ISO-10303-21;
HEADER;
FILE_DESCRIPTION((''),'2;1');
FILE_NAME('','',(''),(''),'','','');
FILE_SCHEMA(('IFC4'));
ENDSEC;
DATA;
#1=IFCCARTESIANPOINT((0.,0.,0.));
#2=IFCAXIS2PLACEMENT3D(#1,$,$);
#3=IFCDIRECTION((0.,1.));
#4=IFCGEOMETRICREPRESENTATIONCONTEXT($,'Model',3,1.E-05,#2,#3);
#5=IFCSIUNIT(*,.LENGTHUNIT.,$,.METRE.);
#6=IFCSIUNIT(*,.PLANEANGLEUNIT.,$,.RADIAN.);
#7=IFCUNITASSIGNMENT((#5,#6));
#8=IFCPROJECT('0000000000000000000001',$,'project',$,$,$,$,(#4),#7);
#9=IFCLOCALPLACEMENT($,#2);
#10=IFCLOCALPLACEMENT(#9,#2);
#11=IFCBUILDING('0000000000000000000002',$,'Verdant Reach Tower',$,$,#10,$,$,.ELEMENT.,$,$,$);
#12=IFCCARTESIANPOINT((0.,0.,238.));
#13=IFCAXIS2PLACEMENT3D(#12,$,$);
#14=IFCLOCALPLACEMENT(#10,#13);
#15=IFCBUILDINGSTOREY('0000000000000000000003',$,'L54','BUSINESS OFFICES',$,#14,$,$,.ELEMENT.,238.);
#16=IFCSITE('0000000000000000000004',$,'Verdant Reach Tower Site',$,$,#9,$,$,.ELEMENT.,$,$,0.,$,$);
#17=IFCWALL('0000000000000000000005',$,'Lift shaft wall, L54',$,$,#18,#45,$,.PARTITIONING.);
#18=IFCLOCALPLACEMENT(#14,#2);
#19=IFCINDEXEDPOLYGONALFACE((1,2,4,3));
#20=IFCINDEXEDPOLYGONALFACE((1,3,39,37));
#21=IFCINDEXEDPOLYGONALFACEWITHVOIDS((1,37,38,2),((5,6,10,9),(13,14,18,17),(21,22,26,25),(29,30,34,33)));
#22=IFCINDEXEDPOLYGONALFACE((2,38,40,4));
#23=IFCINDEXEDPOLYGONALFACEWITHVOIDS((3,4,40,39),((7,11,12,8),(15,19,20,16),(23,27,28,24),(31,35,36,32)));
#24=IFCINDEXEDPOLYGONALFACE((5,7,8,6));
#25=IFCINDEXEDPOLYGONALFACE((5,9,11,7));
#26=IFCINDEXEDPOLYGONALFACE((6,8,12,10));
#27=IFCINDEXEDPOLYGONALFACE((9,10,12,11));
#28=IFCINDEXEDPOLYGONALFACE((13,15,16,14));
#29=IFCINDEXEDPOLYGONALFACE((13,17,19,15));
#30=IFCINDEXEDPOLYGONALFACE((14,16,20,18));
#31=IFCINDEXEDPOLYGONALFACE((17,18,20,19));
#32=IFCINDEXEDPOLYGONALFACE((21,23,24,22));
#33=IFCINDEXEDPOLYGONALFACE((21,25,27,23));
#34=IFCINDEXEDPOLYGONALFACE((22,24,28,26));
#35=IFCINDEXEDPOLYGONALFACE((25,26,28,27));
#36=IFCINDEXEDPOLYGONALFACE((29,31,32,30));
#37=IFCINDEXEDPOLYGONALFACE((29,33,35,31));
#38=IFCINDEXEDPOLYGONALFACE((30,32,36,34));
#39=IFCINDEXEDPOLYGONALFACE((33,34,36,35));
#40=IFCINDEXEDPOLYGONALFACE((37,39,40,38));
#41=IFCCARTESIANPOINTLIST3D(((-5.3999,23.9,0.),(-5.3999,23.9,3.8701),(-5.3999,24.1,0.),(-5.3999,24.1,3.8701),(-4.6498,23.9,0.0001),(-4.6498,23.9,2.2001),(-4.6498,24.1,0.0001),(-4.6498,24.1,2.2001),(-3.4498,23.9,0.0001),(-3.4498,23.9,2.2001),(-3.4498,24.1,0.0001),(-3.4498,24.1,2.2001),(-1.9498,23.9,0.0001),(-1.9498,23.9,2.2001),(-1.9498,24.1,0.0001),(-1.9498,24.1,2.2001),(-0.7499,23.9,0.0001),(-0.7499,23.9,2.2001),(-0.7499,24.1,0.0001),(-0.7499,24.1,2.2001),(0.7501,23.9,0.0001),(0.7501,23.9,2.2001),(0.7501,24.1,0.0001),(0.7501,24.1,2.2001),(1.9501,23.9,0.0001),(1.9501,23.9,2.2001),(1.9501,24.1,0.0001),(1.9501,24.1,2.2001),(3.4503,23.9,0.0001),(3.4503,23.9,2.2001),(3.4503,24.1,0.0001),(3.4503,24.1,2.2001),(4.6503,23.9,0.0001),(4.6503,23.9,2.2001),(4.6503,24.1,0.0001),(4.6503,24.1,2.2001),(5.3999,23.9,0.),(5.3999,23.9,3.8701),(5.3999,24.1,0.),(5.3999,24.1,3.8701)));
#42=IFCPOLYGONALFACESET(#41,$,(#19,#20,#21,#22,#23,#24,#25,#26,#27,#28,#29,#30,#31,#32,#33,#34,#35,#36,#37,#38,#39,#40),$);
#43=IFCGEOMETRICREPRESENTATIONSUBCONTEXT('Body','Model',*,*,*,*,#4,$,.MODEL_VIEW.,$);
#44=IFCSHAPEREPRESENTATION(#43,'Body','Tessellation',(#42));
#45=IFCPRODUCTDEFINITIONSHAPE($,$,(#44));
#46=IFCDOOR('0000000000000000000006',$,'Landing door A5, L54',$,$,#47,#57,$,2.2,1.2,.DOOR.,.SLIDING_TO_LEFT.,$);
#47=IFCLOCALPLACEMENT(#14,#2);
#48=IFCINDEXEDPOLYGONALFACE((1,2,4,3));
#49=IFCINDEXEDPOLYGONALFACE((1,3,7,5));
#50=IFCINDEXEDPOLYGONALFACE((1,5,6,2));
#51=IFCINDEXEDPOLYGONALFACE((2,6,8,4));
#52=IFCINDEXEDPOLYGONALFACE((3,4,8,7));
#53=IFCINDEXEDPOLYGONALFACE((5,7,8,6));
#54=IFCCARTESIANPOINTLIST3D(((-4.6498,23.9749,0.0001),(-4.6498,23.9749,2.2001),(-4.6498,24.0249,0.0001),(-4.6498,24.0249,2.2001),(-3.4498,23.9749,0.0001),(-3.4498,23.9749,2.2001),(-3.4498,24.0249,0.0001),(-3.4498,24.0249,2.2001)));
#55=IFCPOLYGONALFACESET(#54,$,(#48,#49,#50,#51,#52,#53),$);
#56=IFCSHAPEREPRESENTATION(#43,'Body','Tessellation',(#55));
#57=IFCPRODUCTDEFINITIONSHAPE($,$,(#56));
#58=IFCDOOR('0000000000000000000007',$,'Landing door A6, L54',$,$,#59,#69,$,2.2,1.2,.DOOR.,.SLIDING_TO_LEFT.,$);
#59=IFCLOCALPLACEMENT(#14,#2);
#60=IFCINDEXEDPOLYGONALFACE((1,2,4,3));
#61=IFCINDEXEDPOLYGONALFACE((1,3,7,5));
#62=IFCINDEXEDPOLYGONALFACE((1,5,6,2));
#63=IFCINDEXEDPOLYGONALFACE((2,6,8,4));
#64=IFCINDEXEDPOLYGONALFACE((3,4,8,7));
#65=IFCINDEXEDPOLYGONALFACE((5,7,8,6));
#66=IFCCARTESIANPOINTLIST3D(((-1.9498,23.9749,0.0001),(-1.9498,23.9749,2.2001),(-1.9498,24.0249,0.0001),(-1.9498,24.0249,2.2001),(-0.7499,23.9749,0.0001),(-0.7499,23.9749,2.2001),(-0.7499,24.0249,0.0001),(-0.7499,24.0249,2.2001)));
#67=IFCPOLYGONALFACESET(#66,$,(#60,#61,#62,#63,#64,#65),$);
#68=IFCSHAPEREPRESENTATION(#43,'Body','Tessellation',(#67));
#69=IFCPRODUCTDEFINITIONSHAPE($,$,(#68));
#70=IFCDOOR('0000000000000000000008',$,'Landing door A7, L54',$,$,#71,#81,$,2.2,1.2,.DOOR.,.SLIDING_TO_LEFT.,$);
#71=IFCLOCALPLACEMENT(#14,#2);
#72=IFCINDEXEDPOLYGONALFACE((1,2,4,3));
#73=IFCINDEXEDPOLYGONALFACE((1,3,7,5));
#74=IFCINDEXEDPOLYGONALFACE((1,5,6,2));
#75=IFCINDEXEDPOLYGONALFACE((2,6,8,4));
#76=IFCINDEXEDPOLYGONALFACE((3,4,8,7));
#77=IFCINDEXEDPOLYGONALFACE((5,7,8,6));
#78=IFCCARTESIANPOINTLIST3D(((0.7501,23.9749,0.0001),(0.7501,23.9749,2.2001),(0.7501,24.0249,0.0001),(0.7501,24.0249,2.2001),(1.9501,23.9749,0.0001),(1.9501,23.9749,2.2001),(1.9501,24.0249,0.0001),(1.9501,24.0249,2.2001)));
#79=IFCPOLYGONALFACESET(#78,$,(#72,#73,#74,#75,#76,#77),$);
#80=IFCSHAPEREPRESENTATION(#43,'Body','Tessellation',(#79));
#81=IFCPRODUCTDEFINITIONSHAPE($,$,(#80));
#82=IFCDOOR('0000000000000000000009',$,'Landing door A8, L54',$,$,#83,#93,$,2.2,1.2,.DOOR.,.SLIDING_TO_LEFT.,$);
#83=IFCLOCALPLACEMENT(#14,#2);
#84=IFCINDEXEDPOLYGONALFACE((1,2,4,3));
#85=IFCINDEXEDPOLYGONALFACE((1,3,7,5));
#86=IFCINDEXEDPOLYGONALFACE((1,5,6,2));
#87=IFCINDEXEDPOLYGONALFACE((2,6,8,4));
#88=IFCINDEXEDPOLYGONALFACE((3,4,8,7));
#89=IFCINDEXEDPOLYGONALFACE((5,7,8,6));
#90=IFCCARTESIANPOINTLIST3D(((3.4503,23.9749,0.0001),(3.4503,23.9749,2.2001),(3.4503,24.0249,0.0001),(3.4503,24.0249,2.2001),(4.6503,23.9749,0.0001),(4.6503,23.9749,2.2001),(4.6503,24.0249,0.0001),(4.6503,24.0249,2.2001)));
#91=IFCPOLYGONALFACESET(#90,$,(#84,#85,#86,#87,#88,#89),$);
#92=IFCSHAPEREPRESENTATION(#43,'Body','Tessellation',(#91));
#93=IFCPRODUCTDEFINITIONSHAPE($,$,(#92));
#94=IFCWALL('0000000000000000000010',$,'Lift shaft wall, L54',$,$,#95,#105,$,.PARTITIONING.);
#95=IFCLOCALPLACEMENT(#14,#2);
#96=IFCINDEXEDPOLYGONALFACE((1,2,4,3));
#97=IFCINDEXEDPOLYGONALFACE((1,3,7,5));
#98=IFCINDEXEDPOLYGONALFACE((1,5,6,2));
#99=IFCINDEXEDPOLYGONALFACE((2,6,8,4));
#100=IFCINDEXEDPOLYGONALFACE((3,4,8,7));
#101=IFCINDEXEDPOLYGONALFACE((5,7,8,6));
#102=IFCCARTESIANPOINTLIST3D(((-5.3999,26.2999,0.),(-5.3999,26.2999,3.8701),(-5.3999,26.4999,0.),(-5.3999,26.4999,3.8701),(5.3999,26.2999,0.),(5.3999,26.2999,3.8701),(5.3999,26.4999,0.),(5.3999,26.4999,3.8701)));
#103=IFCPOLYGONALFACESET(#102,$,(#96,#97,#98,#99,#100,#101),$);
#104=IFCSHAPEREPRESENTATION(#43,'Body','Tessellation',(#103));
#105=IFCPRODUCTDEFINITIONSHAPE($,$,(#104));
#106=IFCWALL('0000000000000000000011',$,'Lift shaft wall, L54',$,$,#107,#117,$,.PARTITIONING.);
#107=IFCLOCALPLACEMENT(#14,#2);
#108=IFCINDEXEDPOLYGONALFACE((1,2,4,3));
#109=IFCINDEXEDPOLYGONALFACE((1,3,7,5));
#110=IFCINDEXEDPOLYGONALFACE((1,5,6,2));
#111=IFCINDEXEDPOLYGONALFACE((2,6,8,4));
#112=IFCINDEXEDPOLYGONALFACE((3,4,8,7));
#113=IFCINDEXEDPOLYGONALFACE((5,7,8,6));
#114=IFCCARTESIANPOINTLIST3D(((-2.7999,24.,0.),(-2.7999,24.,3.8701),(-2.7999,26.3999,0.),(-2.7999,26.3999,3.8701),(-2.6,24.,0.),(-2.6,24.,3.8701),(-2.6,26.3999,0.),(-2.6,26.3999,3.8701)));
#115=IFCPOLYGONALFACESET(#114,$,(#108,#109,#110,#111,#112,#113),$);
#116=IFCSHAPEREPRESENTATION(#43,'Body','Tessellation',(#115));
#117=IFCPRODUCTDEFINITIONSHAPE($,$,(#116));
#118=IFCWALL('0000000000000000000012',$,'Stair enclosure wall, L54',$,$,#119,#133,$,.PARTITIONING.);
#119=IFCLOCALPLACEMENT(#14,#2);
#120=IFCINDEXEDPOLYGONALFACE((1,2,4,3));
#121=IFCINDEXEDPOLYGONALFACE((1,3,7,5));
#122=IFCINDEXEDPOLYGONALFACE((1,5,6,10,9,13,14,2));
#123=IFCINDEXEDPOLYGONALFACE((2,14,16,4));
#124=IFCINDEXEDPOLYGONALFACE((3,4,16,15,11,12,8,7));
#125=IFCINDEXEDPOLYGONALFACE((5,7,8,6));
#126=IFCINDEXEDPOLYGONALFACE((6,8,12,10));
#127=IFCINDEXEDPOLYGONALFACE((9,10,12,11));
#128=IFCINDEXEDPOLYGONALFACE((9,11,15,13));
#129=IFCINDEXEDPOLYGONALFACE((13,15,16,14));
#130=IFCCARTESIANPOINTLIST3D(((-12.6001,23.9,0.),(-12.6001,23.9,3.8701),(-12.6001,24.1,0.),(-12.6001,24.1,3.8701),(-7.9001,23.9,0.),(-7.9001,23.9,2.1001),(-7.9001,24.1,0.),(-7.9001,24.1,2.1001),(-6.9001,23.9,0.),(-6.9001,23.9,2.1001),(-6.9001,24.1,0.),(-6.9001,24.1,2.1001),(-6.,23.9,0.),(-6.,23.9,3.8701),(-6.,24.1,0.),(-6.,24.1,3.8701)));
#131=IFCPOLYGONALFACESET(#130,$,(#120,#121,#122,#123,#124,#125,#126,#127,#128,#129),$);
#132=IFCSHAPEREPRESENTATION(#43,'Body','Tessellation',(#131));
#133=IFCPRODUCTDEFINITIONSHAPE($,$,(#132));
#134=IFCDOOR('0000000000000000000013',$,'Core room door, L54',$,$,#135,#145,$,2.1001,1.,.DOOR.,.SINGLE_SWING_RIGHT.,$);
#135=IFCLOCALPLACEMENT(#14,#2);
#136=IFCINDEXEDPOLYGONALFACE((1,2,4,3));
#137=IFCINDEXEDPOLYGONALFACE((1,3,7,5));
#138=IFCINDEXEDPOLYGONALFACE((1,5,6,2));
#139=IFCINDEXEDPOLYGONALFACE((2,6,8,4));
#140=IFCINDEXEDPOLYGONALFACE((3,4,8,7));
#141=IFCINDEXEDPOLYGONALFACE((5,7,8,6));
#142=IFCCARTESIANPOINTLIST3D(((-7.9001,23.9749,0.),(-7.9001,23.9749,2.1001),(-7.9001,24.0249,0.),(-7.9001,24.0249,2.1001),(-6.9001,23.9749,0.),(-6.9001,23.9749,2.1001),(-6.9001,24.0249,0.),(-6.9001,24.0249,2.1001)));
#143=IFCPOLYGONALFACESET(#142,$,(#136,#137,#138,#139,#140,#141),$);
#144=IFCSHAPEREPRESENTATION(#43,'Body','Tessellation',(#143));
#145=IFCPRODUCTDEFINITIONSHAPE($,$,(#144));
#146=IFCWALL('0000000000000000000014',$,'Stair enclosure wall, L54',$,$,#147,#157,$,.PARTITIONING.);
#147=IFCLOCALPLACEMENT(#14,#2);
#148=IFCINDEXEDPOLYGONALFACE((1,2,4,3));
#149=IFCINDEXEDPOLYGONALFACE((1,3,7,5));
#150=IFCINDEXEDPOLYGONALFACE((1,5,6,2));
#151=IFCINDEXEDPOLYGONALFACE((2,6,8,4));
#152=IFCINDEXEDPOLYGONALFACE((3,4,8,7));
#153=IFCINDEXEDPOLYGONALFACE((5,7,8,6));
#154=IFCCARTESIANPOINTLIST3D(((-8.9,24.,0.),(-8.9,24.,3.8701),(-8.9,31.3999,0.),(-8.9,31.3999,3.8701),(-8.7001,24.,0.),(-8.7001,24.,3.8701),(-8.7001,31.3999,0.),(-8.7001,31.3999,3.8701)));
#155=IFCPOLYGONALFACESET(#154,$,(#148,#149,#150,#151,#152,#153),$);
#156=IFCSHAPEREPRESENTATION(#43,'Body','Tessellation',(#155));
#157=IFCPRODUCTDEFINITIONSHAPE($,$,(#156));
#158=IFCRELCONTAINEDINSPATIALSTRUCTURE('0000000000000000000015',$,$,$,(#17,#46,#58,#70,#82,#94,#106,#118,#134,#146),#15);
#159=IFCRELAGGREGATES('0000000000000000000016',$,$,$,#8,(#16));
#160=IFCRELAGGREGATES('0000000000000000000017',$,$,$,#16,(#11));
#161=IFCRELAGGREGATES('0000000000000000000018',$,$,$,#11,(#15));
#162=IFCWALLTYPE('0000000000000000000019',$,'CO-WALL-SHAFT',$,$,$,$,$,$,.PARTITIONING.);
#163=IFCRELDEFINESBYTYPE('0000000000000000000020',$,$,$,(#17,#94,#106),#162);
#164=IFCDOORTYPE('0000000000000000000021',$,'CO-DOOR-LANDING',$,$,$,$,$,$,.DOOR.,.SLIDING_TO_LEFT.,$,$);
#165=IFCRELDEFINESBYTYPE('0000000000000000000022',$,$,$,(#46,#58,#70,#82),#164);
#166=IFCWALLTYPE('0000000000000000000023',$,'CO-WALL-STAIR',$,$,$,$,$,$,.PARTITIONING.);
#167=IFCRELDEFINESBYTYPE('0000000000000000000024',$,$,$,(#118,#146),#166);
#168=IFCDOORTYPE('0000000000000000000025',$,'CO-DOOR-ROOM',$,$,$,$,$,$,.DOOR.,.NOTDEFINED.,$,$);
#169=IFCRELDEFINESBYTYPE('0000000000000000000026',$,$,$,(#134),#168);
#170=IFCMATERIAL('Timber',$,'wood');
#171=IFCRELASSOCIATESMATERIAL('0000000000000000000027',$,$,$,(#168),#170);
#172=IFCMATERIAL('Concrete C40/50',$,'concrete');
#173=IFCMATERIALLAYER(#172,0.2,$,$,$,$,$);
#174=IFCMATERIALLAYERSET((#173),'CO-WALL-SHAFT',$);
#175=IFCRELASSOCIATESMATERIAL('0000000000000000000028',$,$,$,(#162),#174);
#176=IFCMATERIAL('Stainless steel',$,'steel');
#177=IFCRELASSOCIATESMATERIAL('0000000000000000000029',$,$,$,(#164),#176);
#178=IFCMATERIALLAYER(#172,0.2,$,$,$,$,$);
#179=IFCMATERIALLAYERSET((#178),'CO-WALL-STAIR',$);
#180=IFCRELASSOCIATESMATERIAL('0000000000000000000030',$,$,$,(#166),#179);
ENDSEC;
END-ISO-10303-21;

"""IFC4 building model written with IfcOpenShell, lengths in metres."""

from ifc_helpers import new_model, si_unit, direction, frame, frame_2d, origin, place, context, subcontext, project, spatial, rectangle, extrude, material, layer, layer_set, type_object, element, fill, save


model = new_model("IFC4")

# Units and contexts
model_context = context("Model", 3, precision=1e-05, world=origin(), true_north=direction((0.0, 1.0)))
body_context = subcontext(model_context, "Body", "Model", "MODEL_VIEW")
ifc_project = project(units=[si_unit("LENGTHUNIT", "METRE"), si_unit("PLANEANGLEUNIT", "RADIAN")], contexts=[model_context])

# Site, building, storey
site_placement = place(None, origin())
site = spatial("IfcSite", under=ifc_project, at=site_placement, Name="Verdant Reach Tower Site", CompositionType="ELEMENT", RefElevation=0.0)
building_placement = place(site_placement, origin())
building = spatial("IfcBuilding", under=site, at=building_placement, Name="Verdant Reach Tower", CompositionType="ELEMENT")
storey_placement = place(building_placement, frame((0.0, 0.0, 238.0)))
storey = spatial("IfcBuildingStorey", under=building, at=storey_placement, Name="L54", Description="BUSINESS OFFICES", CompositionType="ELEMENT", Elevation=238.0)

# Shared definitions
ifc_material_1 = material(Name="Timber", Category="wood")
door_type_1 = type_object("IfcDoorType", Name="CO-DOOR-ROOM", OperationType="NOTDEFINED", PredefinedType="DOOR", material=ifc_material_1)

# Wall, openings, doors
ifc_material_2 = material(Name="Concrete C40/50", Category="concrete")
ifc_layer_1 = layer(ifc_material_2, 0.2)
ifc_layer_set_1 = layer_set([ifc_layer_1], Name="CO-WALL-SHAFT")
wall_type_1 = type_object("IfcWallType", Name="CO-WALL-SHAFT", PredefinedType="PARTITIONING", material=ifc_layer_set_1)
ifc_material_3 = material(Name="Stainless steel", Category="steel")
door_type_2 = type_object("IfcDoorType", Name="CO-DOOR-LANDING", OperationType="SLIDING_TO_LEFT", PredefinedType="DOOR", material=ifc_material_3)
wall_1_placement = place(storey_placement, frame((-5.3999, 24.0, 0.0), z_axis=(0.0, 0.0, 1.0), x_axis=(1.0, 0.0, 0.0)))
wall_1 = element("IfcWall", 1, at=wall_1_placement, inside=storey, type_object=wall_type_1, Name="Lift shaft wall, L54", PredefinedType="PARTITIONING", context=body_context, shape_type="SweptSolid", body=[
    extrude(rectangle(XDim=10.7998, YDim=0.2, at=frame_2d((5.3999, 0.0))), origin(), (0.0, 0.0, 1.0), 3.8701),
])
opening_1_placement = place(wall_1_placement, frame((0.75, 0.0, 0.0)))
opening_1 = element("IfcOpeningElement", 2, at=opening_1_placement, cuts=wall_1, PredefinedType="OPENING", context=body_context, shape_type="SweptSolid", body=[
    extrude(rectangle(XDim=1.2, YDim=2.2, at=frame_2d((0.6001, 1.1001))), frame((0.0, 0.1099, 0.0), z_axis=(0.0, -1.0, 0.0), x_axis=(1.0, 0.0, 0.0)), (0.0, 0.0, 1.0), 0.22),
])
opening_2_placement = place(wall_1_placement, frame((3.45, 0.0, 0.0)))
opening_2 = element("IfcOpeningElement", 3, at=opening_2_placement, cuts=wall_1, PredefinedType="OPENING", context=body_context, shape_type="SweptSolid", body=[
    extrude(rectangle(XDim=1.2, YDim=2.2, at=frame_2d((0.6001, 1.1001))), frame((0.0, 0.1099, 0.0), z_axis=(0.0, -1.0, 0.0), x_axis=(1.0, 0.0, 0.0)), (0.0, 0.0, 1.0), 0.22),
])
opening_3_placement = place(wall_1_placement, frame((6.1499, 0.0, 0.0)))
opening_3 = element("IfcOpeningElement", 4, at=opening_3_placement, cuts=wall_1, PredefinedType="OPENING", context=body_context, shape_type="SweptSolid", body=[
    extrude(rectangle(XDim=1.2, YDim=2.2, at=frame_2d((0.6001, 1.1001))), frame((0.0, 0.1099, 0.0), z_axis=(0.0, -1.0, 0.0), x_axis=(1.0, 0.0, 0.0)), (0.0, 0.0, 1.0), 0.22),
])
opening_4_placement = place(wall_1_placement, frame((8.8501, 0.0, 0.0)))
opening_4 = element("IfcOpeningElement", 5, at=opening_4_placement, cuts=wall_1, PredefinedType="OPENING", context=body_context, shape_type="SweptSolid", body=[
    extrude(rectangle(XDim=1.2, YDim=2.2, at=frame_2d((0.6001, 1.1001))), frame((0.0, 0.1099, 0.0), z_axis=(0.0, -1.0, 0.0), x_axis=(1.0, 0.0, 0.0)), (0.0, 0.0, 1.0), 0.22),
])
door_1_placement = place(opening_1_placement, origin())
door_1 = element("IfcDoor", 6, at=door_1_placement, inside=storey, type_object=door_type_2, Name="Landing door A5, L54", OperationType="SLIDING_TO_LEFT", OverallHeight=2.2, OverallWidth=1.2, PredefinedType="DOOR", context=body_context, shape_type="SweptSolid", body=[
    extrude(rectangle(XDim=1.2, YDim=2.2, at=frame_2d((0.6001, 1.1001))), frame((0.0, 0.0249, 0.0), z_axis=(0.0, -1.0, 0.0), x_axis=(1.0, 0.0, 0.0)), (0.0, 0.0, 1.0), 0.05),
])
fill(opening_1, door_1)
door_2_placement = place(opening_2_placement, origin())
door_2 = element("IfcDoor", 7, at=door_2_placement, inside=storey, type_object=door_type_2, Name="Landing door A6, L54", OperationType="SLIDING_TO_LEFT", OverallHeight=2.2, OverallWidth=1.2, PredefinedType="DOOR", context=body_context, shape_type="SweptSolid", body=[
    extrude(rectangle(XDim=1.2, YDim=2.2, at=frame_2d((0.6001, 1.1001))), frame((0.0, 0.0249, 0.0), z_axis=(0.0, -1.0, 0.0), x_axis=(1.0, 0.0, 0.0)), (0.0, 0.0, 1.0), 0.05),
])
fill(opening_2, door_2)
door_3_placement = place(opening_3_placement, origin())
door_3 = element("IfcDoor", 8, at=door_3_placement, inside=storey, type_object=door_type_2, Name="Landing door A7, L54", OperationType="SLIDING_TO_LEFT", OverallHeight=2.2, OverallWidth=1.2, PredefinedType="DOOR", context=body_context, shape_type="SweptSolid", body=[
    extrude(rectangle(XDim=1.2, YDim=2.2, at=frame_2d((0.6001, 1.1001))), frame((0.0, 0.0249, 0.0), z_axis=(0.0, -1.0, 0.0), x_axis=(1.0, 0.0, 0.0)), (0.0, 0.0, 1.0), 0.05),
])
fill(opening_3, door_3)
door_4_placement = place(opening_4_placement, origin())
door_4 = element("IfcDoor", 9, at=door_4_placement, inside=storey, type_object=door_type_2, Name="Landing door A8, L54", OperationType="SLIDING_TO_LEFT", OverallHeight=2.2, OverallWidth=1.2, PredefinedType="DOOR", context=body_context, shape_type="SweptSolid", body=[
    extrude(rectangle(XDim=1.2, YDim=2.2, at=frame_2d((0.6001, 1.1001))), frame((0.0, 0.0249, 0.0), z_axis=(0.0, -1.0, 0.0), x_axis=(1.0, 0.0, 0.0)), (0.0, 0.0, 1.0), 0.05),
])
fill(opening_4, door_4)

# Walls
wall_2_placement = place(storey_placement, frame((-5.3999, 26.3999, 0.0), z_axis=(0.0, 0.0, 1.0), x_axis=(1.0, 0.0, 0.0)))
element("IfcWall", 10, at=wall_2_placement, inside=storey, type_object=wall_type_1, Name="Lift shaft wall, L54", PredefinedType="PARTITIONING", context=body_context, shape_type="SweptSolid", body=[
    extrude(rectangle(XDim=10.7998, YDim=0.2, at=frame_2d((5.3999, 0.0))), origin(), (0.0, 0.0, 1.0), 3.8701),
])
wall_3_placement = place(storey_placement, frame((-2.7, 24.0, 0.0), z_axis=(0.0, 0.0, 1.0), x_axis=(0.0, 1.0, 0.0)))
element("IfcWall", 11, at=wall_3_placement, inside=storey, type_object=wall_type_1, Name="Lift shaft wall, L54", PredefinedType="PARTITIONING", context=body_context, shape_type="SweptSolid", body=[
    extrude(rectangle(XDim=2.3999, YDim=0.2, at=frame_2d((1.2, 0.0))), origin(), (0.0, 0.0, 1.0), 3.8701),
])

# Wall, opening, door
ifc_layer_2 = layer(ifc_material_2, 0.2)
ifc_layer_set_2 = layer_set([ifc_layer_2], Name="CO-WALL-STAIR")
wall_type_2 = type_object("IfcWallType", Name="CO-WALL-STAIR", PredefinedType="PARTITIONING", material=ifc_layer_set_2)
wall_4_placement = place(storey_placement, frame((-12.6001, 24.0, 0.0), z_axis=(0.0, 0.0, 1.0), x_axis=(1.0, 0.0, 0.0)))
wall_4 = element("IfcWall", 12, at=wall_4_placement, inside=storey, type_object=wall_type_2, Name="Stair enclosure wall, L54", PredefinedType="PARTITIONING", context=body_context, shape_type="SweptSolid", body=[
    extrude(rectangle(XDim=6.6001, YDim=0.2, at=frame_2d((3.3, 0.0))), origin(), (0.0, 0.0, 1.0), 3.8701),
])
opening_5_placement = place(wall_4_placement, frame((4.7, 0.0, 0.0)))
opening_5 = element("IfcOpeningElement", 13, at=opening_5_placement, cuts=wall_4, PredefinedType="OPENING", context=body_context, shape_type="SweptSolid", body=[
    extrude(rectangle(XDim=1.0, YDim=2.1001, at=frame_2d((0.5, 1.05))), frame((0.0, 0.1099, 0.0), z_axis=(0.0, -1.0, 0.0), x_axis=(1.0, 0.0, 0.0)), (0.0, 0.0, 1.0), 0.22),
])
door_5_placement = place(opening_5_placement, origin())
door_5 = element("IfcDoor", 14, at=door_5_placement, inside=storey, type_object=door_type_1, Name="Core room door, L54", OperationType="SINGLE_SWING_RIGHT", OverallHeight=2.1001, OverallWidth=1.0, PredefinedType="DOOR", context=body_context, shape_type="SweptSolid", body=[
    extrude(rectangle(XDim=1.0, YDim=2.1001, at=frame_2d((0.5, 1.05))), frame((0.0, 0.0249, 0.0), z_axis=(0.0, -1.0, 0.0), x_axis=(1.0, 0.0, 0.0)), (0.0, 0.0, 1.0), 0.05),
])
fill(opening_5, door_5)

# Wall
wall_5_placement = place(storey_placement, frame((-8.8, 24.0, 0.0), z_axis=(0.0, 0.0, 1.0), x_axis=(0.0, 1.0, 0.0)))
element("IfcWall", 15, at=wall_5_placement, inside=storey, type_object=wall_type_2, Name="Stair enclosure wall, L54", PredefinedType="PARTITIONING", context=body_context, shape_type="SweptSolid", body=[
    extrude(rectangle(XDim=7.3999, YDim=0.2, at=frame_2d((3.7, 0.0))), origin(), (0.0, 0.0, 1.0), 3.8701),
])

save(model, "model.ifc")
